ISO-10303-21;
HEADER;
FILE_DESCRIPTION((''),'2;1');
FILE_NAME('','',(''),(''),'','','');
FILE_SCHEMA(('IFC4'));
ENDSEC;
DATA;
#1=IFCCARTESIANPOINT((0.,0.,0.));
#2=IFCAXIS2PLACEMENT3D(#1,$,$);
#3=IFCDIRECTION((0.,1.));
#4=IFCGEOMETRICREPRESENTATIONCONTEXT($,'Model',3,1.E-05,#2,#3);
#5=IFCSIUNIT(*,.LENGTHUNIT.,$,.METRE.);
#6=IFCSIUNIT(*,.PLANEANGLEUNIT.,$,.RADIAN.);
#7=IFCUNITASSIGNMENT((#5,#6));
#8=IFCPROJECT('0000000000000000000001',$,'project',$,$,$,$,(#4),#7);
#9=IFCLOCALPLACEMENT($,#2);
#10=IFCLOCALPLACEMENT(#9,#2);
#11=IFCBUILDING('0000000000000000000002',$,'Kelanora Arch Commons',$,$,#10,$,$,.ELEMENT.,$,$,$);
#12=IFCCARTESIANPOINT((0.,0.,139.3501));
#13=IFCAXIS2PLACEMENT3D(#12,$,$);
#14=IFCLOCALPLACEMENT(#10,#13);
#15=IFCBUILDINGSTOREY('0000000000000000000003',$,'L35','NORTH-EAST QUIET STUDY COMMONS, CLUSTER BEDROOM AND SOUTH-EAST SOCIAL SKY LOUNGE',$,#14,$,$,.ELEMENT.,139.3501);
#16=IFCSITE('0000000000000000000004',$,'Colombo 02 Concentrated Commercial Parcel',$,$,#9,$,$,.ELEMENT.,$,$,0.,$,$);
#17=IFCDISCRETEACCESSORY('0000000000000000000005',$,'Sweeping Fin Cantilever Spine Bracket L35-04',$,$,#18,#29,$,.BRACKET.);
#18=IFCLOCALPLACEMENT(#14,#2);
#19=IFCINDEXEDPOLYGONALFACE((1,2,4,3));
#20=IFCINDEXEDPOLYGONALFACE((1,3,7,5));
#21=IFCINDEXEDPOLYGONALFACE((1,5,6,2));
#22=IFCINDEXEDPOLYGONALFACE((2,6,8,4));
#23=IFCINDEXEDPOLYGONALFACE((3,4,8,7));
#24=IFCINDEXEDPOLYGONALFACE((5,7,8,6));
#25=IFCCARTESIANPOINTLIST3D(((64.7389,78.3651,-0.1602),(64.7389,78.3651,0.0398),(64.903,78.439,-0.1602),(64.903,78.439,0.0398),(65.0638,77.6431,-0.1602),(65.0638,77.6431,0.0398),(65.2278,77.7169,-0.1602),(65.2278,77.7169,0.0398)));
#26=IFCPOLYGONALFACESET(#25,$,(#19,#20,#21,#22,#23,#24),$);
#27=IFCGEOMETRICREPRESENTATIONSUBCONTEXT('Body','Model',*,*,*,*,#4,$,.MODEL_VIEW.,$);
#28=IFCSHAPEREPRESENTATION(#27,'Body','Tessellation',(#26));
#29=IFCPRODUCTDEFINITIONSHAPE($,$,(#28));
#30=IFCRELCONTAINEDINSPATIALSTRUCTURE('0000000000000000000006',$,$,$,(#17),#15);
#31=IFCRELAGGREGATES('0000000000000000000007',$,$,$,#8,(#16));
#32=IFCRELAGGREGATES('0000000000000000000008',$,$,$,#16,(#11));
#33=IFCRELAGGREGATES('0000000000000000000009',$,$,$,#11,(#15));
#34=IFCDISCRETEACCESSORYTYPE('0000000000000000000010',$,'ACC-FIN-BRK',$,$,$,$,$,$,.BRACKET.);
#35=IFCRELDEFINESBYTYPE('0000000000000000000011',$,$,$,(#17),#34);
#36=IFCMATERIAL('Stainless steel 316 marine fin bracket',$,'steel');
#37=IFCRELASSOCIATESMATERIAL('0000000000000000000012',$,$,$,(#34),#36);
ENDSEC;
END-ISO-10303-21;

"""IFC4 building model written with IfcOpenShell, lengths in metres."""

from ifc_helpers import new_model, si_unit, direction, frame, origin, origin_2d, place, context, subcontext, project, spatial, rectangle, extrude, source, transform, mapped, material, type_object, element, save


model = new_model("IFC4")

# Units and contexts
model_context = context("Model", 3, precision=1e-05, world=origin(), true_north=direction((0.0, 1.0)))
body_context = subcontext(model_context, "Body", "Model", "MODEL_VIEW")
ifc_project = project(units=[si_unit("LENGTHUNIT", "METRE"), si_unit("PLANEANGLEUNIT", "RADIAN")], contexts=[model_context])

# Site, building, storey
site_placement = place(None, origin())
site = spatial("IfcSite", under=ifc_project, at=site_placement, Name="Colombo 02 Concentrated Commercial Parcel", CompositionType="ELEMENT", RefElevation=0.0)
building_placement = place(site_placement, origin())
building = spatial("IfcBuilding", under=site, at=building_placement, Name="Kelanora Arch Commons", CompositionType="ELEMENT")
storey_placement = place(building_placement, frame((0.0, 0.0, 139.3501)))
storey = spatial("IfcBuildingStorey", under=building, at=storey_placement, Name="L35", Description="NORTH-EAST QUIET STUDY COMMONS, CLUSTER BEDROOM AND SOUTH-EAST SOCIAL SKY LOUNGE", CompositionType="ELEMENT", Elevation=139.3501)

# Discrete accessory
ifc_material_1 = material(Name="Stainless steel 316 marine fin bracket", Category="steel")
discrete_accessory_type = type_object("IfcDiscreteAccessoryType", Name="ACC-FIN-BRK", PredefinedType="BRACKET", material=ifc_material_1)
shared_shape_1 = source(origin(), body_context, "Body", "SweptSolid", [
    extrude(rectangle(XDim=0.7917, YDim=0.1799, at=origin_2d()), origin(), (0.0, 0.0, 1.0), 0.2),
])
discrete_accessory_placement = place(storey_placement, frame((64.9834, 78.041, -0.1602), z_axis=(0.0, 0.0, 1.0), x_axis=(-0.410241, 0.911977, 0.0)))
element("IfcDiscreteAccessory", 1, at=discrete_accessory_placement, inside=storey, type_object=discrete_accessory_type, Name="Sweeping Fin Cantilever Spine Bracket L35-04", PredefinedType="BRACKET", context=body_context, shape_type="MappedRepresentation", body=[
    mapped(shared_shape_1, transform((0.0, 0.0, 0.0), scale=1.0)),
])

save(model, "model.ifc")
